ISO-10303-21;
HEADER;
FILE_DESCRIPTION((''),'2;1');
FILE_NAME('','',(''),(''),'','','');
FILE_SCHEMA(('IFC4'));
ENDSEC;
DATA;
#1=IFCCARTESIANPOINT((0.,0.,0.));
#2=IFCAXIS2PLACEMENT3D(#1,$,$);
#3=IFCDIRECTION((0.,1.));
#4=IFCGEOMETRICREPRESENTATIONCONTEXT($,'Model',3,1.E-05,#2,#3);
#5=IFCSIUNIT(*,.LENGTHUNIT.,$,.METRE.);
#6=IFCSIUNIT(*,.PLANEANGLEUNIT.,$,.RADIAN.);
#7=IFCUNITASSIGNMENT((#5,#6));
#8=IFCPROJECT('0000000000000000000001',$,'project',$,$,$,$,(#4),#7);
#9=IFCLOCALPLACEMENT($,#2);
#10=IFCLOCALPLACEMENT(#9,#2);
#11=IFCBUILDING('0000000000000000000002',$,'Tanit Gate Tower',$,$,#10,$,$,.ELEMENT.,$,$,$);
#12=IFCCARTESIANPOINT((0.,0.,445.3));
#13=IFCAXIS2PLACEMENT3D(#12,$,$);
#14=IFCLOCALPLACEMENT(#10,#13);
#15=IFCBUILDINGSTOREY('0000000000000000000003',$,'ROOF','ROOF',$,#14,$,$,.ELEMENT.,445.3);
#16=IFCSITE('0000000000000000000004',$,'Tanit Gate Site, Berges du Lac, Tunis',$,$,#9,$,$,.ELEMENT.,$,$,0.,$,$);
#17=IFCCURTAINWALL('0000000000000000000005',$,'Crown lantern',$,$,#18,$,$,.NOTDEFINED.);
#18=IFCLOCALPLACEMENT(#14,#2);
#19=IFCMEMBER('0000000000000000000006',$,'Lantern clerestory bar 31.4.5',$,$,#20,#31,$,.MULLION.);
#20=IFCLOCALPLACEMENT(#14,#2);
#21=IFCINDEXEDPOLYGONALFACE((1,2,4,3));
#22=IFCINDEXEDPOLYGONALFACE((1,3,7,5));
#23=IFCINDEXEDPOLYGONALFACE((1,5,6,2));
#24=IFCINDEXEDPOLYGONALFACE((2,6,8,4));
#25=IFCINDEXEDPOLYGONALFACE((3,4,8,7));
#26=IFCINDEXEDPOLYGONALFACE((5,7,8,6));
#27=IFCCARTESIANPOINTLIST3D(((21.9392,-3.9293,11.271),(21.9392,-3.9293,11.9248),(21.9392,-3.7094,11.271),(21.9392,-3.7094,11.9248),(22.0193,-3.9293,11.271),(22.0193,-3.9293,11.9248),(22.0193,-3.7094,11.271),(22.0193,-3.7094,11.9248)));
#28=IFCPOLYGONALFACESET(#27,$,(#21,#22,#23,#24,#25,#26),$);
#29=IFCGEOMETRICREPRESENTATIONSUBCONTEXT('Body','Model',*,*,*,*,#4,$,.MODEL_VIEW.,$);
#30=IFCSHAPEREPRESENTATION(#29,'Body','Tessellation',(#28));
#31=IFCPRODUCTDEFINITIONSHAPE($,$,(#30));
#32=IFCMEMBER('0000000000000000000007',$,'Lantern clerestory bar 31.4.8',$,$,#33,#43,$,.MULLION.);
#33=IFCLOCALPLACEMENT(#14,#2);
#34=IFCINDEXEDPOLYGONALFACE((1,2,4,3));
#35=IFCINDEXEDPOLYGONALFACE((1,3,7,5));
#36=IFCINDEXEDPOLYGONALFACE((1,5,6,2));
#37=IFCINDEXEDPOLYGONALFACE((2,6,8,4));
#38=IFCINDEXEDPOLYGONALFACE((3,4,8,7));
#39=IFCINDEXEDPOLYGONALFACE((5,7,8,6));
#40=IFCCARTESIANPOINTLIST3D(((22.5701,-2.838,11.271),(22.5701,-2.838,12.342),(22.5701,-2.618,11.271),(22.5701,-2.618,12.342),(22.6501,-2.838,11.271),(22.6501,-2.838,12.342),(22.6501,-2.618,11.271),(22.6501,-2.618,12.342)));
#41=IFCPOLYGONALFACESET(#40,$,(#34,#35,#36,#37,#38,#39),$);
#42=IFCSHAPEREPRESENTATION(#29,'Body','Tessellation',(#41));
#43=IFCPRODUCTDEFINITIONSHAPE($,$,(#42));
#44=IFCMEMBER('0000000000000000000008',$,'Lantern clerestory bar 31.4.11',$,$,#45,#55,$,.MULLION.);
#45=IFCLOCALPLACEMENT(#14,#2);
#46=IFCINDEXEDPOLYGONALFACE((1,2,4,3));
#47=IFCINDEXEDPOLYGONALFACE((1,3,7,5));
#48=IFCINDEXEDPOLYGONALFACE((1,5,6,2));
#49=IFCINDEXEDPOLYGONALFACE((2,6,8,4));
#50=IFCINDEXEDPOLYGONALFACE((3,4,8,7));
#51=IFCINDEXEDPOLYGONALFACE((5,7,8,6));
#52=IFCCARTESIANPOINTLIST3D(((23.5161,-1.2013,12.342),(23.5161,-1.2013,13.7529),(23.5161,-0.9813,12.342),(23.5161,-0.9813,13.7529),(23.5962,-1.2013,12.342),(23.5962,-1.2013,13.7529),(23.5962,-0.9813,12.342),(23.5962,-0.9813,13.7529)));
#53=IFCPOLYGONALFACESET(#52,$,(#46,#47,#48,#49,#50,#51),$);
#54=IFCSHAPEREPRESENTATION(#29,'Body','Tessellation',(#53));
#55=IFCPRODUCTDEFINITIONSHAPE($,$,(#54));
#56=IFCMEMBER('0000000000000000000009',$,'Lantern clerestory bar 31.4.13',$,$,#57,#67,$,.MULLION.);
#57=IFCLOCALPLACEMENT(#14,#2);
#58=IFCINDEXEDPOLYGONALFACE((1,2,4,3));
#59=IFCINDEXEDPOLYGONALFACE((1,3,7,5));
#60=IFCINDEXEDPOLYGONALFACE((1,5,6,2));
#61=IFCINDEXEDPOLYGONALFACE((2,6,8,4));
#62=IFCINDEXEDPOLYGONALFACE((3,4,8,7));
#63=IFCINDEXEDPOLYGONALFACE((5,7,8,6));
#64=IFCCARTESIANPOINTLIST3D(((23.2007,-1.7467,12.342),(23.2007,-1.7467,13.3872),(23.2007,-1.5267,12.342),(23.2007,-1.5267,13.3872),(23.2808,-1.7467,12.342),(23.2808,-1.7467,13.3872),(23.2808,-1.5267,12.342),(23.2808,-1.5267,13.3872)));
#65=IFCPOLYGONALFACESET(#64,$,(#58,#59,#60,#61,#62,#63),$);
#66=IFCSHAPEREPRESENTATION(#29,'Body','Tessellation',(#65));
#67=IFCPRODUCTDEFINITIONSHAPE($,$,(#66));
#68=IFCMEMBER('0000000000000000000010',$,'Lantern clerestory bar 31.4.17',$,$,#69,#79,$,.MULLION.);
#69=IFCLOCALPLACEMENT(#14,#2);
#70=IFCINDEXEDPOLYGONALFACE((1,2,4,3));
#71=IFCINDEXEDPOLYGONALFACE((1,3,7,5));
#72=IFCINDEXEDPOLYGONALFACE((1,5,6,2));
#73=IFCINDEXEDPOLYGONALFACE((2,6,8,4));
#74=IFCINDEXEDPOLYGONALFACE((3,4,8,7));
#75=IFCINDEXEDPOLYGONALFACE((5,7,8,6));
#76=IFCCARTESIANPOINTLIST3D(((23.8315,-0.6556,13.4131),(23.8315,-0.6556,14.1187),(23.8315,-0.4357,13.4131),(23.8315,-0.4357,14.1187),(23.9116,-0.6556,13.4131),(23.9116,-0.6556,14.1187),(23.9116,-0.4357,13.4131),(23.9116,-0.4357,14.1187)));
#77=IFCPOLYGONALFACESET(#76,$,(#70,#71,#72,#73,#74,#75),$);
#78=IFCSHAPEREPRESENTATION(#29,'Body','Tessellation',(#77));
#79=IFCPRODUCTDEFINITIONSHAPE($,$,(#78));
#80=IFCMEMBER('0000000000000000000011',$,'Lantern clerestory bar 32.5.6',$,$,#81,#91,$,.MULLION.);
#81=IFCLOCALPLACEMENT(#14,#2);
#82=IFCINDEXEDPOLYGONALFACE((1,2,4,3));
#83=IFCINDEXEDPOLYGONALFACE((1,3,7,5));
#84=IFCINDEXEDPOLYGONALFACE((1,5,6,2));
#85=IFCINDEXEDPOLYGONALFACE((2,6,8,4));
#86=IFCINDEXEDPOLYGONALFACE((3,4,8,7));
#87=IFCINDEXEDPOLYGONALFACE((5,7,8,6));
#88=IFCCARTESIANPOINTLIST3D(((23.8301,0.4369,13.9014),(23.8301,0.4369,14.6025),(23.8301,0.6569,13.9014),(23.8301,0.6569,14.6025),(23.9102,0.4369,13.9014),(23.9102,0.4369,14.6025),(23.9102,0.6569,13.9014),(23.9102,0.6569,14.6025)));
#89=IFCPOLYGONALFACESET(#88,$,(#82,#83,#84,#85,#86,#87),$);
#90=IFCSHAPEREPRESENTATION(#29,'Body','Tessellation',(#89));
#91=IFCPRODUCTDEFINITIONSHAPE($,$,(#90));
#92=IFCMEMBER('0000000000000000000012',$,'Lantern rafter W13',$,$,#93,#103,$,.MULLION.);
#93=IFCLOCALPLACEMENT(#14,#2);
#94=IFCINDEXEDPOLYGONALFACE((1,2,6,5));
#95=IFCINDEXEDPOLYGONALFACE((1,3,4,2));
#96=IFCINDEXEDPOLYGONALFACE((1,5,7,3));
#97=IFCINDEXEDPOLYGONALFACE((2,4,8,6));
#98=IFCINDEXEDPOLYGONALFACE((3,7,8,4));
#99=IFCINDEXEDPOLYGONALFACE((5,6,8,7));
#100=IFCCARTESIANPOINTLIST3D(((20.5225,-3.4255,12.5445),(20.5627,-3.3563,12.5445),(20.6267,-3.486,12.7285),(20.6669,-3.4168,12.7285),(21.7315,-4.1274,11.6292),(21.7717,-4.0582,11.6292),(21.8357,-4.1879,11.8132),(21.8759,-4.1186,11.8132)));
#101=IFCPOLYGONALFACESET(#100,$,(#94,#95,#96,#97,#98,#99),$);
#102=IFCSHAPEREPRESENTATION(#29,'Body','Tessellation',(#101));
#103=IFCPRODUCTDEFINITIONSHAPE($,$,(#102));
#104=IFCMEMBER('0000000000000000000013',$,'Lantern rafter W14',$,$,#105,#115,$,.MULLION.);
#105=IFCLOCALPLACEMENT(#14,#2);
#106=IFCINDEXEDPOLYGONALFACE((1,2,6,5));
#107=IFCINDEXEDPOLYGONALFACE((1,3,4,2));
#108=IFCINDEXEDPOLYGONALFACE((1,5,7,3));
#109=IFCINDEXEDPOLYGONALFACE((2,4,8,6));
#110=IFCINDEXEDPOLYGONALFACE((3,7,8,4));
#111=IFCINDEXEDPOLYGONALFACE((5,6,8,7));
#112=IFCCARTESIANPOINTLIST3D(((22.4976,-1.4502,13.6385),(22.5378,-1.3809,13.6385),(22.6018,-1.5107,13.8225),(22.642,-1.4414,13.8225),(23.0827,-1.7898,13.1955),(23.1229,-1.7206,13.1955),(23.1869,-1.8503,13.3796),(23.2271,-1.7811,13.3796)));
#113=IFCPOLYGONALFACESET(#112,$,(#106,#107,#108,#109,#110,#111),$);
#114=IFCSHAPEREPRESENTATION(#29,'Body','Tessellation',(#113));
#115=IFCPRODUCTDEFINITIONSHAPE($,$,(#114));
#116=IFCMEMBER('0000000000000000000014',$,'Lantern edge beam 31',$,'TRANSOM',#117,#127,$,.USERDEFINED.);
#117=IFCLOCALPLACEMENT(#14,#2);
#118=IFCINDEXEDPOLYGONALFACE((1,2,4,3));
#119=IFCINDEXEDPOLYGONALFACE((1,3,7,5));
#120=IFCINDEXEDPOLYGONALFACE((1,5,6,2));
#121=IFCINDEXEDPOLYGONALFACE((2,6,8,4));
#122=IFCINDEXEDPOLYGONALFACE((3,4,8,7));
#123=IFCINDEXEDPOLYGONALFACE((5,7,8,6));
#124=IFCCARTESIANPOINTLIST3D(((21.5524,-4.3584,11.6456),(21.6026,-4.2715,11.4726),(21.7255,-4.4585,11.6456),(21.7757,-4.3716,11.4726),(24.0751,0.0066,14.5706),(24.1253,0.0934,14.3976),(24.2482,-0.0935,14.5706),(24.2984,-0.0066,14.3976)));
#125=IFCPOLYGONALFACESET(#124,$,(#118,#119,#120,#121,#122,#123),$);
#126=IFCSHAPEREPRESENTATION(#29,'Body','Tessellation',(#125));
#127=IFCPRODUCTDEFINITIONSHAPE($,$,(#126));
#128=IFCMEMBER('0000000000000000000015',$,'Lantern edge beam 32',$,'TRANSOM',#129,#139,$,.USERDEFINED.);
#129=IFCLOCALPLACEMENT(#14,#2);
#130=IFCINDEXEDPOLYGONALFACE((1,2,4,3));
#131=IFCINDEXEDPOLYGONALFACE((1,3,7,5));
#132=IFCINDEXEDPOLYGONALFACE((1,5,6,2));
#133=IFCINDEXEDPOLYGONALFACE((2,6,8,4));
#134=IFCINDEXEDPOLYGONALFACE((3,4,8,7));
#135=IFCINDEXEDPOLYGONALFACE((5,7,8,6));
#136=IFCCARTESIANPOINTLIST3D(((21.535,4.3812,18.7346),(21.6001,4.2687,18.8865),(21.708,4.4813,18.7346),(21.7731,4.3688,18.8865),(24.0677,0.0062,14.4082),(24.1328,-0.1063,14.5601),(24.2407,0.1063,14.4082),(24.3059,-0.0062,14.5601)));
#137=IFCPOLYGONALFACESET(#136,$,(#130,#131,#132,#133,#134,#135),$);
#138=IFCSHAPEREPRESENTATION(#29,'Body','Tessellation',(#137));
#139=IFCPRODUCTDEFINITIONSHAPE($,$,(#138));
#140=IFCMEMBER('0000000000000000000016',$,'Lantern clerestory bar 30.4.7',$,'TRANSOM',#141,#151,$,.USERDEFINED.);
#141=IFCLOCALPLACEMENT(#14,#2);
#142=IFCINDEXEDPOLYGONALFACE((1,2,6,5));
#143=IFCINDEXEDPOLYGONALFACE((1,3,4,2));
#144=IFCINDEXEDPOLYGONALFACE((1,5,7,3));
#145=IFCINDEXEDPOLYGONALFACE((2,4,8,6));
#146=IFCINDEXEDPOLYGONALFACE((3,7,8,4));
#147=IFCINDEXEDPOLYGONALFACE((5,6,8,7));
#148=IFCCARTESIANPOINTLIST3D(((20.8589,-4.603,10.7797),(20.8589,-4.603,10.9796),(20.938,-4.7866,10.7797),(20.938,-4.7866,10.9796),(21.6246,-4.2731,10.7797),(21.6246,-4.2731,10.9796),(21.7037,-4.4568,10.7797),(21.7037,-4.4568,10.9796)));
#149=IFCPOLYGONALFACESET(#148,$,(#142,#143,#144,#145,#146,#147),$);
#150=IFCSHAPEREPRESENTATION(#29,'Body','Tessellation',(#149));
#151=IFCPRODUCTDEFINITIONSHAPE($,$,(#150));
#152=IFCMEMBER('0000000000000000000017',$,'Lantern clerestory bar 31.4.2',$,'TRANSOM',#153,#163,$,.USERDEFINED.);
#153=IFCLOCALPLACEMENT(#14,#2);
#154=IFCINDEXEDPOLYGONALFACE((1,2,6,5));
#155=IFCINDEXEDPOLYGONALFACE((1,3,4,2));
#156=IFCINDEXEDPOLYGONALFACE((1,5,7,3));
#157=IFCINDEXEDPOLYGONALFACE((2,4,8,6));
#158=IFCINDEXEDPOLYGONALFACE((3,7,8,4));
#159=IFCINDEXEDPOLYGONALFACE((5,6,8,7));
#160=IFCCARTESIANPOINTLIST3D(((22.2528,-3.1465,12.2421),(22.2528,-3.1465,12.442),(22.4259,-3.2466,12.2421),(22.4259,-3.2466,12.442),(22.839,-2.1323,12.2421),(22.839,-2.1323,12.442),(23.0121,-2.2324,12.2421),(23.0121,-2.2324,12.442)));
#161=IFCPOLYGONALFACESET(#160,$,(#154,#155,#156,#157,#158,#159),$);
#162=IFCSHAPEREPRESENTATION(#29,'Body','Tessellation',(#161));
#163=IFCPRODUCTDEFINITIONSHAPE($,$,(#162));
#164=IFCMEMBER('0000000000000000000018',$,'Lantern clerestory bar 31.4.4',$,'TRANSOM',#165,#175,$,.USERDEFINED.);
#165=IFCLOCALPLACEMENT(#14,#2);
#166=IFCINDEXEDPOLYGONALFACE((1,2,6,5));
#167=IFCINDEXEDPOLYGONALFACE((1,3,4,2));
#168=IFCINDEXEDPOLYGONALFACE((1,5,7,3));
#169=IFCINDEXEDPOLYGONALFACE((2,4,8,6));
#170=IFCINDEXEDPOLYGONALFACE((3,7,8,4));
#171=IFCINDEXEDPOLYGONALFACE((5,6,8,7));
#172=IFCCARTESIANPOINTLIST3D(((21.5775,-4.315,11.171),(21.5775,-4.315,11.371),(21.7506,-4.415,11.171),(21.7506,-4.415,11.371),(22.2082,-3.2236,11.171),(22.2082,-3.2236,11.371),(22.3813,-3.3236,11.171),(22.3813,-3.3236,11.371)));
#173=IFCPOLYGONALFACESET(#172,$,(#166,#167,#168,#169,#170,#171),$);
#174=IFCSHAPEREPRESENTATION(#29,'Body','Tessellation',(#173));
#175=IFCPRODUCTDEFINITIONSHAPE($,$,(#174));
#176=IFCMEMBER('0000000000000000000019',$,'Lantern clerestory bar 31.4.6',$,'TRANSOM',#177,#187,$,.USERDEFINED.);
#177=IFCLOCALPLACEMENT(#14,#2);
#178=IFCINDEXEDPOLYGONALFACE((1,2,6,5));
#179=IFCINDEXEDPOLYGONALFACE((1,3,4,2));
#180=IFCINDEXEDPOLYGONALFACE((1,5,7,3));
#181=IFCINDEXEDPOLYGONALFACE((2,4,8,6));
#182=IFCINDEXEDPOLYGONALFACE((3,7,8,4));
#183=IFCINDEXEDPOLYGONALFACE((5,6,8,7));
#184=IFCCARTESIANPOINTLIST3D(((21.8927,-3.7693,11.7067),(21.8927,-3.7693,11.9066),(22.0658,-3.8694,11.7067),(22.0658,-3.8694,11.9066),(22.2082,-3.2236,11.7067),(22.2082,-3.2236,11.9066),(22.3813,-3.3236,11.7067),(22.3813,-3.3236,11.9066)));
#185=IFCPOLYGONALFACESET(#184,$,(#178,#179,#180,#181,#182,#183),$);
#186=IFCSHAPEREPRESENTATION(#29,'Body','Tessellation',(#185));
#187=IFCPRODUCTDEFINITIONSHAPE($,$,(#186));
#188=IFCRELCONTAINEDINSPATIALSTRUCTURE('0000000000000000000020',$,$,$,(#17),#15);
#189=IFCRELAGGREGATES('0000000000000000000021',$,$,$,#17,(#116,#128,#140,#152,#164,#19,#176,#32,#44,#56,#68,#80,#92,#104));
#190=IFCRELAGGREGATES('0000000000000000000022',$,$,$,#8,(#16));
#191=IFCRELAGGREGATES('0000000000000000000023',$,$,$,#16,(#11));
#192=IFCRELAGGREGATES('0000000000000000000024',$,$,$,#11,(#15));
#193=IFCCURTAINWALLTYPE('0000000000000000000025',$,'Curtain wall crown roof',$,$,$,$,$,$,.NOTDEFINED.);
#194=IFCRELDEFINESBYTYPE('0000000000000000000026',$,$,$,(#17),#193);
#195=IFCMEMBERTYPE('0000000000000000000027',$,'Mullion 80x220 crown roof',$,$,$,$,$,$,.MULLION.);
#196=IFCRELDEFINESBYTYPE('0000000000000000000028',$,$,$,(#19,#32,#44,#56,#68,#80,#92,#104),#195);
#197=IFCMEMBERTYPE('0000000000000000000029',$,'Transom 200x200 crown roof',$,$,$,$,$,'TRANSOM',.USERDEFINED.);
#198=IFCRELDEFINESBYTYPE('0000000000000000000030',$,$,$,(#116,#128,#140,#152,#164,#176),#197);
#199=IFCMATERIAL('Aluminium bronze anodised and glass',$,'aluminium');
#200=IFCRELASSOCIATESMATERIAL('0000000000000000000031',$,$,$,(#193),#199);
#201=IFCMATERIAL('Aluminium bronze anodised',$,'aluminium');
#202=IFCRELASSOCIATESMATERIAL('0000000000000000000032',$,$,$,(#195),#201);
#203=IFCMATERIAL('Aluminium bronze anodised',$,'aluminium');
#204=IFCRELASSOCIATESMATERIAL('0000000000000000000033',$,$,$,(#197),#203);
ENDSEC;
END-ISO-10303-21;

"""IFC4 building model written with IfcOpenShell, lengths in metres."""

from ifc_helpers import new_model, si_unit, direction, frame, origin, origin_2d, place, context, subcontext, project, spatial, rectangle, extrude, material, material_profile, profile_set, type_object, element, aggregate, save


model = new_model("IFC4")

# Units and contexts
model_context = context("Model", 3, precision=1e-05, world=origin(), true_north=direction((0.0, 1.0)))
body_context = subcontext(model_context, "Body", "Model", "MODEL_VIEW")
ifc_project = project(units=[si_unit("LENGTHUNIT", "METRE"), si_unit("PLANEANGLEUNIT", "RADIAN")], contexts=[model_context])

# Site, building, storey
site_placement = place(None, origin())
site = spatial("IfcSite", under=ifc_project, at=site_placement, Name="Tanit Gate Site, Berges du Lac, Tunis", CompositionType="ELEMENT", RefElevation=0.0)
building_placement = place(site_placement, origin())
building = spatial("IfcBuilding", under=site, at=building_placement, Name="Tanit Gate Tower", CompositionType="ELEMENT")
storey_placement = place(building_placement, frame((0.0, 0.0, 445.3)))
storey = spatial("IfcBuildingStorey", under=building, at=storey_placement, Name="ROOF", Description="ROOF", CompositionType="ELEMENT", Elevation=445.3)

# Curtain wall, members
ifc_material_1 = material(Name="Aluminium bronze anodised and glass", Category="aluminium")
curtain_wall_type = type_object("IfcCurtainWallType", Name="Curtain wall crown roof", PredefinedType="NOTDEFINED", material=ifc_material_1)
curtain_wall_placement = place(storey_placement, origin())
curtain_wall = element("IfcCurtainWall", 1, at=curtain_wall_placement, inside=storey, type_object=curtain_wall_type, Name="Crown lantern", PredefinedType="NOTDEFINED")
ifc_material_2 = material(Name="Aluminium bronze anodised", Category="aluminium")
ifc_material_profile_1 = material_profile(ifc_material_2, rectangle(XDim=0.0801, YDim=0.22, at=origin_2d()), Name="80x220 bronze rafter")
ifc_profile_set_1 = profile_set([ifc_material_profile_1], Name="Aluminium bronze anodised")
member_type_1 = type_object("IfcMemberType", Name="Mullion 80x220 crown roof", PredefinedType="MULLION", material=ifc_profile_set_1)
member_1_placement = place(storey_placement, frame((21.9792, -3.8193, 11.271), z_axis=(0.0, 0.0, 1.0), x_axis=(1.0, 0.0, 0.0)))
member_1 = element("IfcMember", 2, at=member_1_placement, type_object=member_type_1, Name="Lantern clerestory bar 31.4.5", PredefinedType="MULLION", context=body_context, shape_type="SweptSolid", body=[
    extrude(rectangle(XDim=0.0801, YDim=0.22, at=origin_2d()), origin(), (0.0, 0.0, 1.0), 0.6538),
])
member_2_placement = place(storey_placement, frame((22.6101, -2.728, 11.271), z_axis=(0.0, 0.0, 1.0), x_axis=(1.0, 0.0, 0.0)))
member_2 = element("IfcMember", 3, at=member_2_placement, type_object=member_type_1, Name="Lantern clerestory bar 31.4.8", PredefinedType="MULLION", context=body_context, shape_type="SweptSolid", body=[
    extrude(rectangle(XDim=0.0801, YDim=0.22, at=origin_2d()), origin(), (0.0, 0.0, 1.0), 1.071),
])
member_3_placement = place(storey_placement, frame((23.5562, -1.0913, 12.342), z_axis=(0.0, 0.0, 1.0), x_axis=(1.0, 0.0, 0.0)))
member_3 = element("IfcMember", 4, at=member_3_placement, type_object=member_type_1, Name="Lantern clerestory bar 31.4.11", PredefinedType="MULLION", context=body_context, shape_type="SweptSolid", body=[
    extrude(rectangle(XDim=0.0801, YDim=0.22, at=origin_2d()), origin(), (0.0, 0.0, 1.0), 1.4109),
])
member_4_placement = place(storey_placement, frame((23.2407, -1.6367, 12.342), z_axis=(0.0, 0.0, 1.0), x_axis=(1.0, 0.0, 0.0)))
member_4 = element("IfcMember", 5, at=member_4_placement, type_object=member_type_1, Name="Lantern clerestory bar 31.4.13", PredefinedType="MULLION", context=body_context, shape_type="SweptSolid", body=[
    extrude(rectangle(XDim=0.0801, YDim=0.22, at=origin_2d()), origin(), (0.0, 0.0, 1.0), 1.0452),
])
member_5_placement = place(storey_placement, frame((23.8716, -0.5457, 13.4131), z_axis=(0.0, 0.0, 1.0), x_axis=(1.0, 0.0, 0.0)))
member_5 = element("IfcMember", 6, at=member_5_placement, type_object=member_type_1, Name="Lantern clerestory bar 31.4.17", PredefinedType="MULLION", context=body_context, shape_type="SweptSolid", body=[
    extrude(rectangle(XDim=0.0801, YDim=0.22, at=origin_2d()), origin(), (0.0, 0.0, 1.0), 0.7056),
])
member_6_placement = place(storey_placement, frame((23.8701, 0.5469, 13.9014), z_axis=(0.0, 0.0, 1.0), x_axis=(1.0, 0.0, 0.0)))
member_6 = element("IfcMember", 7, at=member_6_placement, type_object=member_type_1, Name="Lantern clerestory bar 32.5.6", PredefinedType="MULLION", context=body_context, shape_type="SweptSolid", body=[
    extrude(rectangle(XDim=0.0801, YDim=0.22, at=origin_2d()), origin(), (0.0, 0.0, 1.0), 0.7012),
])
member_7_placement = place(storey_placement, frame((20.5947, -3.4211, 12.6365), z_axis=(0.723533, -0.420064, -0.547764), x_axis=(0.502089, 0.864816, 0.0)))
member_7 = element("IfcMember", 8, at=member_7_placement, type_object=member_type_1, Name="Lantern rafter W13", PredefinedType="MULLION", context=body_context, shape_type="SweptSolid", body=[
    extrude(rectangle(XDim=0.0801, YDim=0.22, at=origin_2d()), origin(), (0.0, 0.0, 1.0), 1.6709),
])
member_8_placement = place(storey_placement, frame((22.5698, -1.4458, 13.7305), z_axis=(0.723531, -0.420046, -0.547781), x_axis=(0.502075, 0.864824, 0.0)))
member_8 = element("IfcMember", 9, at=member_8_placement, type_object=member_type_1, Name="Lantern rafter W14", PredefinedType="MULLION", context=body_context, shape_type="SweptSolid", body=[
    extrude(rectangle(XDim=0.0801, YDim=0.22, at=origin_2d()), origin(), (0.0, 0.0, 1.0), 0.8086),
])
ifc_material_3 = material(Name="Aluminium bronze anodised", Category="aluminium")
ifc_material_profile_2 = material_profile(ifc_material_3, rectangle(XDim=0.2, YDim=0.2, at=origin_2d()), Name="200x200 bronze transom")
ifc_profile_set_2 = profile_set([ifc_material_profile_2], Name="Aluminium bronze anodised")
member_type_2 = type_object("IfcMemberType", Name="Transom 200x200 crown roof", ElementType="TRANSOM", PredefinedType="USERDEFINED", material=ifc_profile_set_2)
member_9_placement = place(storey_placement, frame((21.6641, -4.365, 11.5591), z_axis=(0.432812, 0.748886, 0.50184), x_axis=(-0.865804, 0.500383, 0.0)))
member_9 = element("IfcMember", 10, at=member_9_placement, type_object=member_type_2, Name="Lantern edge beam 31", ObjectType="TRANSOM", PredefinedType="USERDEFINED", context=body_context, shape_type="SweptSolid", body=[
    extrude(rectangle(XDim=0.2, YDim=0.2, at=origin_2d()), origin(), (0.0, 0.0, 1.0), 5.8286),
])
member_10_placement = place(storey_placement, frame((24.1868, 0.0, 14.4841), z_axis=(-0.380641, 0.657518, 0.650217), x_axis=(-0.865442, -0.50101, 0.0)))
member_10 = element("IfcMember", 11, at=member_10_placement, type_object=member_type_2, Name="Lantern edge beam 32", ObjectType="TRANSOM", PredefinedType="USERDEFINED", context=body_context, shape_type="SweptSolid", body=[
    extrude(rectangle(XDim=0.2, YDim=0.2, at=origin_2d()), origin(), (0.0, 0.0, 1.0), 6.6538),
])
member_11_placement = place(storey_placement, frame((20.8984, -4.6948, 10.8796), z_axis=(0.918401, 0.39565, 0.0), x_axis=(-0.39565, 0.918401, 0.0)))
member_11 = element("IfcMember", 12, at=member_11_placement, type_object=member_type_2, Name="Lantern clerestory bar 30.4.7", ObjectType="TRANSOM", PredefinedType="USERDEFINED", context=body_context, shape_type="SweptSolid", body=[
    extrude(rectangle(XDim=0.2, YDim=0.2, at=origin_2d()), origin(), (0.0, 0.0, 1.0), 0.8337),
])
member_12_placement = place(storey_placement, frame((22.3394, -3.1965, 12.342), z_axis=(0.50042, 0.865783, 0.0), x_axis=(-0.865783, 0.50042, 0.0)))
member_12 = element("IfcMember", 13, at=member_12_placement, type_object=member_type_2, Name="Lantern clerestory bar 31.4.2", ObjectType="TRANSOM", PredefinedType="USERDEFINED", context=body_context, shape_type="SweptSolid", body=[
    extrude(rectangle(XDim=0.2, YDim=0.2, at=origin_2d()), origin(), (0.0, 0.0, 1.0), 1.1714),
])
member_13_placement = place(storey_placement, frame((21.6641, -4.365, 11.271), z_axis=(0.500326, 0.865837, 0.0), x_axis=(-0.865837, 0.500326, 0.0)))
member_13 = element("IfcMember", 14, at=member_13_placement, type_object=member_type_2, Name="Lantern clerestory bar 31.4.4", ObjectType="TRANSOM", PredefinedType="USERDEFINED", context=body_context, shape_type="SweptSolid", body=[
    extrude(rectangle(XDim=0.2, YDim=0.2, at=origin_2d()), origin(), (0.0, 0.0, 1.0), 1.2605),
])
member_14_placement = place(storey_placement, frame((21.9792, -3.8193, 11.8066), z_axis=(0.500471, 0.865753, 0.0), x_axis=(-0.865753, 0.500471, 0.0)))
member_14 = element("IfcMember", 15, at=member_14_placement, type_object=member_type_2, Name="Lantern clerestory bar 31.4.6", ObjectType="TRANSOM", PredefinedType="USERDEFINED", context=body_context, shape_type="SweptSolid", body=[
    extrude(rectangle(XDim=0.2, YDim=0.2, at=origin_2d()), origin(), (0.0, 0.0, 1.0), 0.6304),
])
aggregate(curtain_wall, [member_9, member_10, member_11, member_12, member_13, member_1, member_14, member_2, member_3, member_4, member_5, member_6, member_7, member_8])

save(model, "model.ifc")
